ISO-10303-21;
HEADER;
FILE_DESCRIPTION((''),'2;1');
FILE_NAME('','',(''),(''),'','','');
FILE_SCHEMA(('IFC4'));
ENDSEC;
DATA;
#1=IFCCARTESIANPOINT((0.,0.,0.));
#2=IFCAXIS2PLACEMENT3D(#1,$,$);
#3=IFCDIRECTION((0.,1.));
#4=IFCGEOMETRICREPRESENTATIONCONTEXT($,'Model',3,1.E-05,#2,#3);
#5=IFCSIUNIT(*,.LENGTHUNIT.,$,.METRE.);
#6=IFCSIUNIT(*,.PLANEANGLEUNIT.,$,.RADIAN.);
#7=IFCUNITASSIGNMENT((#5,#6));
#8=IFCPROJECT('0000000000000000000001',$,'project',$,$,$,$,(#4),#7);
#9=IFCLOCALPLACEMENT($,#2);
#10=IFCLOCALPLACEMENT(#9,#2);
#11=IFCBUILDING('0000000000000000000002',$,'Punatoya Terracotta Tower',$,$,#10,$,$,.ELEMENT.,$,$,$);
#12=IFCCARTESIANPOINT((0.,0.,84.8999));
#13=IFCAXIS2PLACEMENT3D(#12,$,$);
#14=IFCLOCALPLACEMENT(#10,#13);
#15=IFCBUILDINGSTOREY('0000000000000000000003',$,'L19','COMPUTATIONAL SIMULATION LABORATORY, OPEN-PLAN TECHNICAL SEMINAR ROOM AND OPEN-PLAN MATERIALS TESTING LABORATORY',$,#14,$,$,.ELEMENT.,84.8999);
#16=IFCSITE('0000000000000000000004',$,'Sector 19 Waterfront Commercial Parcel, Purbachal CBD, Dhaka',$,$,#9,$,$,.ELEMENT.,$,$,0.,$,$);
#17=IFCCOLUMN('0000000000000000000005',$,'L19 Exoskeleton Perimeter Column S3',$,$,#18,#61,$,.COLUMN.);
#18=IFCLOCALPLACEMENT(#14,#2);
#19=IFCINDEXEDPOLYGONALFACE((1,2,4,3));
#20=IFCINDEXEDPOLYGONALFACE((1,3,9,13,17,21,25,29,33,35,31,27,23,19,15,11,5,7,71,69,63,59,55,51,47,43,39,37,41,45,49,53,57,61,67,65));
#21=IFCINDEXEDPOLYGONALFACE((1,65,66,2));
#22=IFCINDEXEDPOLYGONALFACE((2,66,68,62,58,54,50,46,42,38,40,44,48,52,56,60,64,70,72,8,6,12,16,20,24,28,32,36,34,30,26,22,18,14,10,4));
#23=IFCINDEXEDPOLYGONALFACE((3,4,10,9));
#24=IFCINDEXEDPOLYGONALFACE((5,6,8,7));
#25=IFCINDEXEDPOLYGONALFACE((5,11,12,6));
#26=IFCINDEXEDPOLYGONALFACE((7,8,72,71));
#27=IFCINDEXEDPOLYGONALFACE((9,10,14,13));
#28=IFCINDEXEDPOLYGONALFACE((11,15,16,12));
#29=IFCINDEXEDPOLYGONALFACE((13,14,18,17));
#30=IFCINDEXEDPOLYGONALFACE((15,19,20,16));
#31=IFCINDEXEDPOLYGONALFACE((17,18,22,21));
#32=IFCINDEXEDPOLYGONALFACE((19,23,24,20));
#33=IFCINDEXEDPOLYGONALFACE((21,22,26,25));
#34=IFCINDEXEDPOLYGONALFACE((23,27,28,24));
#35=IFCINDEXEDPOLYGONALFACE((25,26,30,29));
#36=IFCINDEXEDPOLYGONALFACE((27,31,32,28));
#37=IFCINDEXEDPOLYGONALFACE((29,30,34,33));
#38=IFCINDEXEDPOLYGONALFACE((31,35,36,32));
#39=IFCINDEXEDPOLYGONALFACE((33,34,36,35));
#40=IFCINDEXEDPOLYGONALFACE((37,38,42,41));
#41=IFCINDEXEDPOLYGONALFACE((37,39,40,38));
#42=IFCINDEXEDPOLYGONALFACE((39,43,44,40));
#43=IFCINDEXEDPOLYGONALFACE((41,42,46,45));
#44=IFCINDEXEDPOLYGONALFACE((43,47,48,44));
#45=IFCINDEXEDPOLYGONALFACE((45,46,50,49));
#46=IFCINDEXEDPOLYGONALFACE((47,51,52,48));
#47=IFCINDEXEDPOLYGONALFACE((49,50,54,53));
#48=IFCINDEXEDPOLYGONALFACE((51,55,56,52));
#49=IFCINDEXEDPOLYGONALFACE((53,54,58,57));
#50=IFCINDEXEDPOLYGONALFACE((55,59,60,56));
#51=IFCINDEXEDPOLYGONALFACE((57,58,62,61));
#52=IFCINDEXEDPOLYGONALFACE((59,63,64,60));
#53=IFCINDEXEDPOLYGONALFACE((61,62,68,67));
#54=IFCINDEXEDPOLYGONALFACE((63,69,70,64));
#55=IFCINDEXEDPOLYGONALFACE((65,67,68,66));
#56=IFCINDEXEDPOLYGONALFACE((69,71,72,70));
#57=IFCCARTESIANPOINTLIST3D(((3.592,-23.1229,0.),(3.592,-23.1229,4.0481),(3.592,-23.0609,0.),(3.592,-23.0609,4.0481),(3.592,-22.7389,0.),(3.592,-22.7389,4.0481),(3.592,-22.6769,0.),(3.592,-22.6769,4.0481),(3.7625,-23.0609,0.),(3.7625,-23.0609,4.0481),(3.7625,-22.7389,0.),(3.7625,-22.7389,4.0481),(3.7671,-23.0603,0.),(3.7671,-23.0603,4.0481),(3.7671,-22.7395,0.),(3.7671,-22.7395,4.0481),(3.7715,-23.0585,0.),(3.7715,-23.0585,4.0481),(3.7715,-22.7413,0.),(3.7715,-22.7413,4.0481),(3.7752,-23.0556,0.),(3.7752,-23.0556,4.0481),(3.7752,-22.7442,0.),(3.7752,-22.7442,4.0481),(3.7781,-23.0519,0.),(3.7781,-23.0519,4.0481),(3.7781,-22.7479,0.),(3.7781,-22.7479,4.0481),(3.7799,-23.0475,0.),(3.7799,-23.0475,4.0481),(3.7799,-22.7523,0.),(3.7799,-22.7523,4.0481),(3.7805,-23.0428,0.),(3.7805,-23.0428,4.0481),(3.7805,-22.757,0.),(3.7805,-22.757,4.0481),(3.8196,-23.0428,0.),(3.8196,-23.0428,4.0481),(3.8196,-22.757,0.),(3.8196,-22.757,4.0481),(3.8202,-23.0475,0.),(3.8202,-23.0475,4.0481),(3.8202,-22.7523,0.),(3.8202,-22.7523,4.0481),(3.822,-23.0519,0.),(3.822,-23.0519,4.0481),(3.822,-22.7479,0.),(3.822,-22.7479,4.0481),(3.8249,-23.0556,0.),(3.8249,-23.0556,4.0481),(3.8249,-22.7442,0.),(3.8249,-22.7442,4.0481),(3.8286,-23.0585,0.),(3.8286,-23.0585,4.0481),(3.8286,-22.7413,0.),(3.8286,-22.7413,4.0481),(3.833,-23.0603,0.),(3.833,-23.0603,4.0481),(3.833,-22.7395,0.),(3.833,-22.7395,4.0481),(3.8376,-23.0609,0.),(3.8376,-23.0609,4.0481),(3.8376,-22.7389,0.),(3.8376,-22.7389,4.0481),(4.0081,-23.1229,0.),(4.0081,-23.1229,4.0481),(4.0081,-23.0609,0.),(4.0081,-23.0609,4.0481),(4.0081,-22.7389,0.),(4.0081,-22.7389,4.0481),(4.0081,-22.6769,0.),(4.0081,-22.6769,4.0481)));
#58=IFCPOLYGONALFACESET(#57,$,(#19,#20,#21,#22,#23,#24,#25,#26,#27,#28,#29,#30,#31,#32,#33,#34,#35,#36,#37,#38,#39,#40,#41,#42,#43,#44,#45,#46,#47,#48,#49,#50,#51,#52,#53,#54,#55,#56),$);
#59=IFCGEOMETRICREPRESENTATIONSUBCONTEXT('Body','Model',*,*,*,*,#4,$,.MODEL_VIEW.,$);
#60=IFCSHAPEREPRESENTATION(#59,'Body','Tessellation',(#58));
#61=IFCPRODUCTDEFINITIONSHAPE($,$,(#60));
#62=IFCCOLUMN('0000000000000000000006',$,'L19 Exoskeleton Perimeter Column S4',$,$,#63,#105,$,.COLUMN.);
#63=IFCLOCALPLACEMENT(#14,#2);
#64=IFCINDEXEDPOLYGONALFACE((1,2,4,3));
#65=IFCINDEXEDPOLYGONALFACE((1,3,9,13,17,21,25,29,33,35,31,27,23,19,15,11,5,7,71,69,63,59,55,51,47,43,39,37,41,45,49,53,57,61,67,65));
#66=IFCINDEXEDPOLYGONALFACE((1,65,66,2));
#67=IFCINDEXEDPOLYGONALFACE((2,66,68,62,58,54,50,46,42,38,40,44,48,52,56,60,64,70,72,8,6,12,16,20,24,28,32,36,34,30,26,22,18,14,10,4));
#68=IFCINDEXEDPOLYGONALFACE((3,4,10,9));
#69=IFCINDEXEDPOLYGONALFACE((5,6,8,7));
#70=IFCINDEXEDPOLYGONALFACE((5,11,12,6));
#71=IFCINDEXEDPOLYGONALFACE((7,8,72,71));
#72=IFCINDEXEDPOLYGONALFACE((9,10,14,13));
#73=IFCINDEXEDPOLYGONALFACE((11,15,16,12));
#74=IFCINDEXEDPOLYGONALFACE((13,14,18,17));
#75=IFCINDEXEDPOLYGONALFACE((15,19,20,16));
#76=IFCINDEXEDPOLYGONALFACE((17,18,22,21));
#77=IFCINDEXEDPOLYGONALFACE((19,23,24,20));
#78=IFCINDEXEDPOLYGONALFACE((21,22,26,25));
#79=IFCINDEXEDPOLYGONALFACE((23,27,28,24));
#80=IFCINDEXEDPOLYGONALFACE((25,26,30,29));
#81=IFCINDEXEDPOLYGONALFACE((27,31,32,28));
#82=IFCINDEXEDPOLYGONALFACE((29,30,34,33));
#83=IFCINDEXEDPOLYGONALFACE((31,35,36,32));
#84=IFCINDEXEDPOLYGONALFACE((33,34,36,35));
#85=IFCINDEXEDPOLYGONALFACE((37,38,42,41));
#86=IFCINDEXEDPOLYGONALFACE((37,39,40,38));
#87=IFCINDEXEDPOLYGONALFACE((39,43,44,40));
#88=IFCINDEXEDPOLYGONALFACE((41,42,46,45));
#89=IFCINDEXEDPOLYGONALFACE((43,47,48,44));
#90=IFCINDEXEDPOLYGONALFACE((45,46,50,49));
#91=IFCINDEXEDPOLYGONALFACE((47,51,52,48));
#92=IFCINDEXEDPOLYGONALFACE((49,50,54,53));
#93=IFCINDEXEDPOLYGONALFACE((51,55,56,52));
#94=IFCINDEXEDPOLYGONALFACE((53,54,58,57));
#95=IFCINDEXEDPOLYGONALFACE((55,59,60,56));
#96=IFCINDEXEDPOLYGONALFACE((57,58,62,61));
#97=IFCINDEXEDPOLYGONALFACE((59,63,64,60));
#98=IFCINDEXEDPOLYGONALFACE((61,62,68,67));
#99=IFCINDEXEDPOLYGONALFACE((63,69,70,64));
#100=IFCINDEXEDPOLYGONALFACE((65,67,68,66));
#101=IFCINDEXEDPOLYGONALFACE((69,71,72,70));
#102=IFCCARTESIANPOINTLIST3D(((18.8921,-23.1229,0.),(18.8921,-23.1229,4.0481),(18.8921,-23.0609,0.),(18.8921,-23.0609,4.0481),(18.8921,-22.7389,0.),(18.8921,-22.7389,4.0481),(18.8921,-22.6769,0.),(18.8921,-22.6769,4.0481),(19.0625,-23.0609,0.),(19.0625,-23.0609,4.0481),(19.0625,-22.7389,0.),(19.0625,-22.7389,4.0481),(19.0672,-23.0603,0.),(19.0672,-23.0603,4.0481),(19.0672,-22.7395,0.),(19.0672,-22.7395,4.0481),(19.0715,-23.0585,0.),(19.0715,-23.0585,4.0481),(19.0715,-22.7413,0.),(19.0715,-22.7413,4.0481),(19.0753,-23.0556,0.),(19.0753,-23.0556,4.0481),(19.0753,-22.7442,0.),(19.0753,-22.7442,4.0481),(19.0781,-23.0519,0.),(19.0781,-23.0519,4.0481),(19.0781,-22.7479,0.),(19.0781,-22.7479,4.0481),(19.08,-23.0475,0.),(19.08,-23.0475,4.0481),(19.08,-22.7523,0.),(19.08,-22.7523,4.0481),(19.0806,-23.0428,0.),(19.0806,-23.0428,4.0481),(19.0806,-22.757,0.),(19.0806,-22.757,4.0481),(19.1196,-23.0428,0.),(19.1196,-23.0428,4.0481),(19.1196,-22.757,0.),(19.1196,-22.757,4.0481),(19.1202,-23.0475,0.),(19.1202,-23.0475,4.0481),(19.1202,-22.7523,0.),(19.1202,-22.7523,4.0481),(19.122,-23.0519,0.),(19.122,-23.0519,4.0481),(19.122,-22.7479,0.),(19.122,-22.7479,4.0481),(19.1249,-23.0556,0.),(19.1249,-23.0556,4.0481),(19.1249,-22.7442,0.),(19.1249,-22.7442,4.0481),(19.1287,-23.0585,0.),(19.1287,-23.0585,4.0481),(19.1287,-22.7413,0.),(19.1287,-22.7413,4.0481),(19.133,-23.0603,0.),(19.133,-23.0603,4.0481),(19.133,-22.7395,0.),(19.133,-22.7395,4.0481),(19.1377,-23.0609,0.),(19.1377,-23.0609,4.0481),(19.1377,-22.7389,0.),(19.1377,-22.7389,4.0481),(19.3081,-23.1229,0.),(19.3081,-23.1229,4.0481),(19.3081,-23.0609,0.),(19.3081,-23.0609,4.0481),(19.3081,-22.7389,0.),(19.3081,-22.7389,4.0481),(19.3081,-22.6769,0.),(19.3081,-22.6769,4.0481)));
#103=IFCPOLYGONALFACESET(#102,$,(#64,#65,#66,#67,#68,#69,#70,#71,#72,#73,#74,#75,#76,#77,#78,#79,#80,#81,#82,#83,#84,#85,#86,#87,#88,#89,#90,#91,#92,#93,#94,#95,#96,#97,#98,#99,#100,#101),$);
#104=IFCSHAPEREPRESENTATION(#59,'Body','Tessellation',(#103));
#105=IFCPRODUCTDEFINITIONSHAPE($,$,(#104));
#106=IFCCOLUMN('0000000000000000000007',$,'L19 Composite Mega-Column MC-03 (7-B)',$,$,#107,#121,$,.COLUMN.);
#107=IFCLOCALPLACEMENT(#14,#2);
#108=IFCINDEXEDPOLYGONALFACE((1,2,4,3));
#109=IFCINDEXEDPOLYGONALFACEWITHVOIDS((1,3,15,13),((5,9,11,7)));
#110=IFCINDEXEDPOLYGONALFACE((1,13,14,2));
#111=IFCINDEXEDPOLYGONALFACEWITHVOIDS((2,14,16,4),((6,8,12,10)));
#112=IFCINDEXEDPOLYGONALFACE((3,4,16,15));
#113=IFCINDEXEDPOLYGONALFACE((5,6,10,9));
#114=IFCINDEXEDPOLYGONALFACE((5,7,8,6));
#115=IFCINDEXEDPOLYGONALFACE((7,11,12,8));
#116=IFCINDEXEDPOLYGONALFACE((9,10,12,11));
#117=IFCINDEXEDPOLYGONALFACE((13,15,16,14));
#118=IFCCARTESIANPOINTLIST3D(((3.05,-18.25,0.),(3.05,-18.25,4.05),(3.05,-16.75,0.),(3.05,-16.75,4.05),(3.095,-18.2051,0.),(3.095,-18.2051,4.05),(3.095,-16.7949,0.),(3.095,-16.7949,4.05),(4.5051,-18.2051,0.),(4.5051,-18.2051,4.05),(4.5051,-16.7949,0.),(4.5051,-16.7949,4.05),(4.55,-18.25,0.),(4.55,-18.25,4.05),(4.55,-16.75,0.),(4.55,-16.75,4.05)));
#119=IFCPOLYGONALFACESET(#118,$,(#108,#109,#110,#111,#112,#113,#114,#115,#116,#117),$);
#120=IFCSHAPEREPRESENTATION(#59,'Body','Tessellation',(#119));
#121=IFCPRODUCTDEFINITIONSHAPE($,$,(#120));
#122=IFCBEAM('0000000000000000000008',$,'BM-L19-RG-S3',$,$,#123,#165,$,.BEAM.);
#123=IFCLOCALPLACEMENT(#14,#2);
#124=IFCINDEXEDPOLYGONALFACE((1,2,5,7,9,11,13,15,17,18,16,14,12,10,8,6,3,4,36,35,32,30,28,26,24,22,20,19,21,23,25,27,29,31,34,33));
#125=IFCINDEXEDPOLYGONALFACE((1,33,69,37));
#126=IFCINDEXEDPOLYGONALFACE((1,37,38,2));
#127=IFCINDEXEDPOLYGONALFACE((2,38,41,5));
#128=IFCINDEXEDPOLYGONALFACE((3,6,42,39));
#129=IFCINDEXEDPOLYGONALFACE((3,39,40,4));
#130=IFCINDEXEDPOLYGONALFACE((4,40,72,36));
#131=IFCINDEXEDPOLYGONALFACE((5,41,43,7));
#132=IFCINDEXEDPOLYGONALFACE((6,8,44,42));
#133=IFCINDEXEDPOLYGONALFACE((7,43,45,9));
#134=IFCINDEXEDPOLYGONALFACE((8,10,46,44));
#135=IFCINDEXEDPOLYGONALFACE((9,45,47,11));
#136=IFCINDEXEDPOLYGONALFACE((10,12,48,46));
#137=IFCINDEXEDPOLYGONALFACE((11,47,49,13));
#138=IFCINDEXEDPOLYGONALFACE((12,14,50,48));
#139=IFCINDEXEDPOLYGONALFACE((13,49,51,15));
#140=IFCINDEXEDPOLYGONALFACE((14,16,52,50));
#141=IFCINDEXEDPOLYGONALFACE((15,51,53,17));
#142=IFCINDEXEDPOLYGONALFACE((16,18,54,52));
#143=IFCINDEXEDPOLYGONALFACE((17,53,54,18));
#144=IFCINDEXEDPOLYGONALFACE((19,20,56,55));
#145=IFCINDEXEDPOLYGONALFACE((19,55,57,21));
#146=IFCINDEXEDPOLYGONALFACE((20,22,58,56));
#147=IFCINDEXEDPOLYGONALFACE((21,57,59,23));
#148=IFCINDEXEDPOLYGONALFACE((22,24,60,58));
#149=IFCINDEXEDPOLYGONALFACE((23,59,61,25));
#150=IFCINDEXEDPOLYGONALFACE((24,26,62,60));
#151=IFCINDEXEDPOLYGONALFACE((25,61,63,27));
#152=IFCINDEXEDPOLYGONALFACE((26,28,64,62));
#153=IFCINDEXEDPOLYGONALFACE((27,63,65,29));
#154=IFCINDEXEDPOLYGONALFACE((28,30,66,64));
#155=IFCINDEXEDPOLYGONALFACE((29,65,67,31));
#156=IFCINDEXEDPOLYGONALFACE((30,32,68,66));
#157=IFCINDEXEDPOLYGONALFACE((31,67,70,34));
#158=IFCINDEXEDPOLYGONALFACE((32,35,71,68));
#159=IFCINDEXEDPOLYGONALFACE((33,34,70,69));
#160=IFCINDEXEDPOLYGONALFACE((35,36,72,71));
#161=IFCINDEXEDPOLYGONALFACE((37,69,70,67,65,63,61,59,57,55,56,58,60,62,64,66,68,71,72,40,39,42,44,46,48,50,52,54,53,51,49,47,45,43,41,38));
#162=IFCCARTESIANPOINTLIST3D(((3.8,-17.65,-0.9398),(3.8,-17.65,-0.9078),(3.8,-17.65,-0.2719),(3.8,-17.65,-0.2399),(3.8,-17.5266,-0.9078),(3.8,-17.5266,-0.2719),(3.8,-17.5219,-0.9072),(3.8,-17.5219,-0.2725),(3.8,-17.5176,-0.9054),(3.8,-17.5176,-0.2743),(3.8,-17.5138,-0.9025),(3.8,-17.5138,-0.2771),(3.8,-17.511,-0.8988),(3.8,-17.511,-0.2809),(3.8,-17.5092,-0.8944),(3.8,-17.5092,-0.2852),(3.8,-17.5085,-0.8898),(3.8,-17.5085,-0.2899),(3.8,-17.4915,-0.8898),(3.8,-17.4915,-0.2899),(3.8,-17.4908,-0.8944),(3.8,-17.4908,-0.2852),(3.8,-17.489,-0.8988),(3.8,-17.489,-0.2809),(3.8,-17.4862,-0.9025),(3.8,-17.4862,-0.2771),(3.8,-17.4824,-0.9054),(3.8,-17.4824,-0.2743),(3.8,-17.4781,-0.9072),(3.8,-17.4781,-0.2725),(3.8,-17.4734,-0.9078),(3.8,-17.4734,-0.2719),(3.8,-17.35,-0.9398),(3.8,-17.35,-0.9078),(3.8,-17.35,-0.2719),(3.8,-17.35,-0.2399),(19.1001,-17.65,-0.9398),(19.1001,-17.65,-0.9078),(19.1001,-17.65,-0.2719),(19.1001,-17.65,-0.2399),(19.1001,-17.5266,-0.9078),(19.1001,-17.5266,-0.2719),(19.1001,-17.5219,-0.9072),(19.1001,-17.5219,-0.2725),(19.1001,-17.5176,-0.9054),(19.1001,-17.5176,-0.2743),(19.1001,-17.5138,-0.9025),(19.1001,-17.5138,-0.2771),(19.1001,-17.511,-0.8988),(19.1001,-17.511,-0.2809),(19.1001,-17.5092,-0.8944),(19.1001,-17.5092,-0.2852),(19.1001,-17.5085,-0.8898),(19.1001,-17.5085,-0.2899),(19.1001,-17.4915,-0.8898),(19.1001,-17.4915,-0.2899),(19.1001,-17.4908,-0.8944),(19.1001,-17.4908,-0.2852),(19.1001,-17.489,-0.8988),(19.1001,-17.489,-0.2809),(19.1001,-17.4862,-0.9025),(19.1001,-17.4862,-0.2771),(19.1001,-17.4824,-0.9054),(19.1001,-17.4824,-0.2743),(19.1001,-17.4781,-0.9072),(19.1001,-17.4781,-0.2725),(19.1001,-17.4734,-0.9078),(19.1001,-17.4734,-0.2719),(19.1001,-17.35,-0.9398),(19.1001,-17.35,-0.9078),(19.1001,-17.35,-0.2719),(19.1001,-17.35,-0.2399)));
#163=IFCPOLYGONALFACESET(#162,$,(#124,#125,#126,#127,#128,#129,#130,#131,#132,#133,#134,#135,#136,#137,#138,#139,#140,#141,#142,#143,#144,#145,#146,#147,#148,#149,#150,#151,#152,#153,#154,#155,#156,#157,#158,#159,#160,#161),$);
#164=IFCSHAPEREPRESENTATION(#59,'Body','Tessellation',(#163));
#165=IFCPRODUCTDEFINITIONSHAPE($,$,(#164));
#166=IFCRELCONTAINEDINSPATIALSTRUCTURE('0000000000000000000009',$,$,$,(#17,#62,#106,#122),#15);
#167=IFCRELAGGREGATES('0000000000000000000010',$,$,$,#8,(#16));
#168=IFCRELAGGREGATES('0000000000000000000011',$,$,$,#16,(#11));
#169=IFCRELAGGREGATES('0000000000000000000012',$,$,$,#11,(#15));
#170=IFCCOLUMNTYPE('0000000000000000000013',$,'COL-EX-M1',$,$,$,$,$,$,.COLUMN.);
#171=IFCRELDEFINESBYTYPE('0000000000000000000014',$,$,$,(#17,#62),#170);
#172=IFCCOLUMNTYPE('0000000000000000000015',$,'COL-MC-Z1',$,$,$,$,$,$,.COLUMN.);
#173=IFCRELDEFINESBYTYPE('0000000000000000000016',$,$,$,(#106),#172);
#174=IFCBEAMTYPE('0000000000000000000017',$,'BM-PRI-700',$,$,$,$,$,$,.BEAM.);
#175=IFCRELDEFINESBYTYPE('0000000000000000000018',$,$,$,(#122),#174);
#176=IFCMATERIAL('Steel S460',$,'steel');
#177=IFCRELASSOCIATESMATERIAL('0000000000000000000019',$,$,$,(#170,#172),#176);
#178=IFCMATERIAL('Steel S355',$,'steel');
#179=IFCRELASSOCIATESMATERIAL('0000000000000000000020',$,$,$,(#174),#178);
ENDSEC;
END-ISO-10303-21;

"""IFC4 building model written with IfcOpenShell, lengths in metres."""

from ifc_helpers import new_model, si_unit, direction, frame, origin, origin_2d, place, context, subcontext, project, spatial, hollow_rectangle, i_section, extrude, material, material_profile, profile_set, type_object, element, save


model = new_model("IFC4")

# Units and contexts
model_context = context("Model", 3, precision=1e-05, world=origin(), true_north=direction((0.0, 1.0)))
body_context = subcontext(model_context, "Body", "Model", "MODEL_VIEW")
ifc_project = project(units=[si_unit("LENGTHUNIT", "METRE"), si_unit("PLANEANGLEUNIT", "RADIAN")], contexts=[model_context])

# Site, building, storey
site_placement = place(None, origin())
site = spatial("IfcSite", under=ifc_project, at=site_placement, Name="Sector 19 Waterfront Commercial Parcel, Purbachal CBD, Dhaka", CompositionType="ELEMENT", RefElevation=0.0)
building_placement = place(site_placement, origin())
building = spatial("IfcBuilding", under=site, at=building_placement, Name="Punatoya Terracotta Tower", CompositionType="ELEMENT")
storey_placement = place(building_placement, frame((0.0, 0.0, 84.8999)))
storey = spatial("IfcBuildingStorey", under=building, at=storey_placement, Name="L19", Description="COMPUTATIONAL SIMULATION LABORATORY, OPEN-PLAN TECHNICAL SEMINAR ROOM AND OPEN-PLAN MATERIALS TESTING LABORATORY", CompositionType="ELEMENT", Elevation=84.8999)

# Columns
ifc_material_1 = material(Name="Steel S460", Category="steel")
ifc_material_profile_1 = material_profile(ifc_material_1, i_section(OverallWidth=0.416, OverallDepth=0.446, WebThickness=0.0391, FlangeThickness=0.062, FilletRadius=0.0181, at=origin_2d()))
ifc_profile_set_1 = profile_set([ifc_material_profile_1], Name="Steel S460")
column_type_1 = type_object("IfcColumnType", Name="COL-EX-M1", PredefinedType="COLUMN", material=ifc_profile_set_1)
for number, where, z_axis, x_axis, name in (
    (1, (3.8, -22.8999, 0.0), (0.0, 0.0, 1.0), (1.0, 0.0, 0.0), "L19 Exoskeleton Perimeter Column S3"),
    (2, (19.1001, -22.8999, 0.0), (0.0, 0.0, 1.0), (1.0, 0.0, 0.0), "L19 Exoskeleton Perimeter Column S4"),
):
    element("IfcColumn", number, at=place(storey_placement, frame(where, z_axis=z_axis, x_axis=x_axis)), inside=storey, type_object=column_type_1, Name=name, PredefinedType="COLUMN", context=body_context, shape_type="SweptSolid", body=[
        extrude(i_section(OverallWidth=0.416, OverallDepth=0.446, WebThickness=0.0391, FlangeThickness=0.062, FilletRadius=0.0181, at=origin_2d()), origin(), (0.0, 0.0, 1.0), 4.0481),
    ])
ifc_material_profile_2 = material_profile(ifc_material_1, hollow_rectangle(XDim=1.5, YDim=1.5, WallThickness=0.0449, at=origin_2d()))
ifc_profile_set_2 = profile_set([ifc_material_profile_2], Name="Steel S460")
column_type_2 = type_object("IfcColumnType", Name="COL-MC-Z1", PredefinedType="COLUMN", material=ifc_profile_set_2)
column_placement = place(storey_placement, frame((3.8, -17.5, 0.0), z_axis=(0.0, 0.0, 1.0), x_axis=(1.0, 0.0, 0.0)))
element("IfcColumn", 3, at=column_placement, inside=storey, type_object=column_type_2, Name="L19 Composite Mega-Column MC-03 (7-B)", PredefinedType="COLUMN", context=body_context, shape_type="SweptSolid", body=[
    extrude(hollow_rectangle(XDim=1.5, YDim=1.5, WallThickness=0.0449, at=origin_2d()), origin(), (0.0, 0.0, 1.0), 4.05),
])

# Beam
ifc_material_2 = material(Name="Steel S355", Category="steel")
ifc_material_profile_3 = material_profile(ifc_material_2, i_section(OverallWidth=0.3, OverallDepth=0.7, WebThickness=0.0171, FlangeThickness=0.032, FilletRadius=0.0181, at=origin_2d()))
ifc_profile_set_3 = profile_set([ifc_material_profile_3], Name="Steel S355")
beam_type_1 = type_object("IfcBeamType", Name="BM-PRI-700", PredefinedType="BEAM", material=ifc_profile_set_3)
beam_1_placement = place(storey_placement, frame((3.8, -17.5, -0.5898), z_axis=(1.0, 0.0, 0.0), x_axis=(0.0, 1.0, 0.0)))
element("IfcBeam", 4, at=beam_1_placement, inside=storey, type_object=beam_type_1, Name="BM-L19-RG-S3", PredefinedType="BEAM", context=body_context, shape_type="SweptSolid", body=[
    extrude(i_section(OverallWidth=0.3, OverallDepth=0.7, WebThickness=0.0171, FlangeThickness=0.032, FilletRadius=0.0181, at=origin_2d()), origin(), (0.0, 0.0, 1.0), 15.3),
])

save(model, "model.ifc")
